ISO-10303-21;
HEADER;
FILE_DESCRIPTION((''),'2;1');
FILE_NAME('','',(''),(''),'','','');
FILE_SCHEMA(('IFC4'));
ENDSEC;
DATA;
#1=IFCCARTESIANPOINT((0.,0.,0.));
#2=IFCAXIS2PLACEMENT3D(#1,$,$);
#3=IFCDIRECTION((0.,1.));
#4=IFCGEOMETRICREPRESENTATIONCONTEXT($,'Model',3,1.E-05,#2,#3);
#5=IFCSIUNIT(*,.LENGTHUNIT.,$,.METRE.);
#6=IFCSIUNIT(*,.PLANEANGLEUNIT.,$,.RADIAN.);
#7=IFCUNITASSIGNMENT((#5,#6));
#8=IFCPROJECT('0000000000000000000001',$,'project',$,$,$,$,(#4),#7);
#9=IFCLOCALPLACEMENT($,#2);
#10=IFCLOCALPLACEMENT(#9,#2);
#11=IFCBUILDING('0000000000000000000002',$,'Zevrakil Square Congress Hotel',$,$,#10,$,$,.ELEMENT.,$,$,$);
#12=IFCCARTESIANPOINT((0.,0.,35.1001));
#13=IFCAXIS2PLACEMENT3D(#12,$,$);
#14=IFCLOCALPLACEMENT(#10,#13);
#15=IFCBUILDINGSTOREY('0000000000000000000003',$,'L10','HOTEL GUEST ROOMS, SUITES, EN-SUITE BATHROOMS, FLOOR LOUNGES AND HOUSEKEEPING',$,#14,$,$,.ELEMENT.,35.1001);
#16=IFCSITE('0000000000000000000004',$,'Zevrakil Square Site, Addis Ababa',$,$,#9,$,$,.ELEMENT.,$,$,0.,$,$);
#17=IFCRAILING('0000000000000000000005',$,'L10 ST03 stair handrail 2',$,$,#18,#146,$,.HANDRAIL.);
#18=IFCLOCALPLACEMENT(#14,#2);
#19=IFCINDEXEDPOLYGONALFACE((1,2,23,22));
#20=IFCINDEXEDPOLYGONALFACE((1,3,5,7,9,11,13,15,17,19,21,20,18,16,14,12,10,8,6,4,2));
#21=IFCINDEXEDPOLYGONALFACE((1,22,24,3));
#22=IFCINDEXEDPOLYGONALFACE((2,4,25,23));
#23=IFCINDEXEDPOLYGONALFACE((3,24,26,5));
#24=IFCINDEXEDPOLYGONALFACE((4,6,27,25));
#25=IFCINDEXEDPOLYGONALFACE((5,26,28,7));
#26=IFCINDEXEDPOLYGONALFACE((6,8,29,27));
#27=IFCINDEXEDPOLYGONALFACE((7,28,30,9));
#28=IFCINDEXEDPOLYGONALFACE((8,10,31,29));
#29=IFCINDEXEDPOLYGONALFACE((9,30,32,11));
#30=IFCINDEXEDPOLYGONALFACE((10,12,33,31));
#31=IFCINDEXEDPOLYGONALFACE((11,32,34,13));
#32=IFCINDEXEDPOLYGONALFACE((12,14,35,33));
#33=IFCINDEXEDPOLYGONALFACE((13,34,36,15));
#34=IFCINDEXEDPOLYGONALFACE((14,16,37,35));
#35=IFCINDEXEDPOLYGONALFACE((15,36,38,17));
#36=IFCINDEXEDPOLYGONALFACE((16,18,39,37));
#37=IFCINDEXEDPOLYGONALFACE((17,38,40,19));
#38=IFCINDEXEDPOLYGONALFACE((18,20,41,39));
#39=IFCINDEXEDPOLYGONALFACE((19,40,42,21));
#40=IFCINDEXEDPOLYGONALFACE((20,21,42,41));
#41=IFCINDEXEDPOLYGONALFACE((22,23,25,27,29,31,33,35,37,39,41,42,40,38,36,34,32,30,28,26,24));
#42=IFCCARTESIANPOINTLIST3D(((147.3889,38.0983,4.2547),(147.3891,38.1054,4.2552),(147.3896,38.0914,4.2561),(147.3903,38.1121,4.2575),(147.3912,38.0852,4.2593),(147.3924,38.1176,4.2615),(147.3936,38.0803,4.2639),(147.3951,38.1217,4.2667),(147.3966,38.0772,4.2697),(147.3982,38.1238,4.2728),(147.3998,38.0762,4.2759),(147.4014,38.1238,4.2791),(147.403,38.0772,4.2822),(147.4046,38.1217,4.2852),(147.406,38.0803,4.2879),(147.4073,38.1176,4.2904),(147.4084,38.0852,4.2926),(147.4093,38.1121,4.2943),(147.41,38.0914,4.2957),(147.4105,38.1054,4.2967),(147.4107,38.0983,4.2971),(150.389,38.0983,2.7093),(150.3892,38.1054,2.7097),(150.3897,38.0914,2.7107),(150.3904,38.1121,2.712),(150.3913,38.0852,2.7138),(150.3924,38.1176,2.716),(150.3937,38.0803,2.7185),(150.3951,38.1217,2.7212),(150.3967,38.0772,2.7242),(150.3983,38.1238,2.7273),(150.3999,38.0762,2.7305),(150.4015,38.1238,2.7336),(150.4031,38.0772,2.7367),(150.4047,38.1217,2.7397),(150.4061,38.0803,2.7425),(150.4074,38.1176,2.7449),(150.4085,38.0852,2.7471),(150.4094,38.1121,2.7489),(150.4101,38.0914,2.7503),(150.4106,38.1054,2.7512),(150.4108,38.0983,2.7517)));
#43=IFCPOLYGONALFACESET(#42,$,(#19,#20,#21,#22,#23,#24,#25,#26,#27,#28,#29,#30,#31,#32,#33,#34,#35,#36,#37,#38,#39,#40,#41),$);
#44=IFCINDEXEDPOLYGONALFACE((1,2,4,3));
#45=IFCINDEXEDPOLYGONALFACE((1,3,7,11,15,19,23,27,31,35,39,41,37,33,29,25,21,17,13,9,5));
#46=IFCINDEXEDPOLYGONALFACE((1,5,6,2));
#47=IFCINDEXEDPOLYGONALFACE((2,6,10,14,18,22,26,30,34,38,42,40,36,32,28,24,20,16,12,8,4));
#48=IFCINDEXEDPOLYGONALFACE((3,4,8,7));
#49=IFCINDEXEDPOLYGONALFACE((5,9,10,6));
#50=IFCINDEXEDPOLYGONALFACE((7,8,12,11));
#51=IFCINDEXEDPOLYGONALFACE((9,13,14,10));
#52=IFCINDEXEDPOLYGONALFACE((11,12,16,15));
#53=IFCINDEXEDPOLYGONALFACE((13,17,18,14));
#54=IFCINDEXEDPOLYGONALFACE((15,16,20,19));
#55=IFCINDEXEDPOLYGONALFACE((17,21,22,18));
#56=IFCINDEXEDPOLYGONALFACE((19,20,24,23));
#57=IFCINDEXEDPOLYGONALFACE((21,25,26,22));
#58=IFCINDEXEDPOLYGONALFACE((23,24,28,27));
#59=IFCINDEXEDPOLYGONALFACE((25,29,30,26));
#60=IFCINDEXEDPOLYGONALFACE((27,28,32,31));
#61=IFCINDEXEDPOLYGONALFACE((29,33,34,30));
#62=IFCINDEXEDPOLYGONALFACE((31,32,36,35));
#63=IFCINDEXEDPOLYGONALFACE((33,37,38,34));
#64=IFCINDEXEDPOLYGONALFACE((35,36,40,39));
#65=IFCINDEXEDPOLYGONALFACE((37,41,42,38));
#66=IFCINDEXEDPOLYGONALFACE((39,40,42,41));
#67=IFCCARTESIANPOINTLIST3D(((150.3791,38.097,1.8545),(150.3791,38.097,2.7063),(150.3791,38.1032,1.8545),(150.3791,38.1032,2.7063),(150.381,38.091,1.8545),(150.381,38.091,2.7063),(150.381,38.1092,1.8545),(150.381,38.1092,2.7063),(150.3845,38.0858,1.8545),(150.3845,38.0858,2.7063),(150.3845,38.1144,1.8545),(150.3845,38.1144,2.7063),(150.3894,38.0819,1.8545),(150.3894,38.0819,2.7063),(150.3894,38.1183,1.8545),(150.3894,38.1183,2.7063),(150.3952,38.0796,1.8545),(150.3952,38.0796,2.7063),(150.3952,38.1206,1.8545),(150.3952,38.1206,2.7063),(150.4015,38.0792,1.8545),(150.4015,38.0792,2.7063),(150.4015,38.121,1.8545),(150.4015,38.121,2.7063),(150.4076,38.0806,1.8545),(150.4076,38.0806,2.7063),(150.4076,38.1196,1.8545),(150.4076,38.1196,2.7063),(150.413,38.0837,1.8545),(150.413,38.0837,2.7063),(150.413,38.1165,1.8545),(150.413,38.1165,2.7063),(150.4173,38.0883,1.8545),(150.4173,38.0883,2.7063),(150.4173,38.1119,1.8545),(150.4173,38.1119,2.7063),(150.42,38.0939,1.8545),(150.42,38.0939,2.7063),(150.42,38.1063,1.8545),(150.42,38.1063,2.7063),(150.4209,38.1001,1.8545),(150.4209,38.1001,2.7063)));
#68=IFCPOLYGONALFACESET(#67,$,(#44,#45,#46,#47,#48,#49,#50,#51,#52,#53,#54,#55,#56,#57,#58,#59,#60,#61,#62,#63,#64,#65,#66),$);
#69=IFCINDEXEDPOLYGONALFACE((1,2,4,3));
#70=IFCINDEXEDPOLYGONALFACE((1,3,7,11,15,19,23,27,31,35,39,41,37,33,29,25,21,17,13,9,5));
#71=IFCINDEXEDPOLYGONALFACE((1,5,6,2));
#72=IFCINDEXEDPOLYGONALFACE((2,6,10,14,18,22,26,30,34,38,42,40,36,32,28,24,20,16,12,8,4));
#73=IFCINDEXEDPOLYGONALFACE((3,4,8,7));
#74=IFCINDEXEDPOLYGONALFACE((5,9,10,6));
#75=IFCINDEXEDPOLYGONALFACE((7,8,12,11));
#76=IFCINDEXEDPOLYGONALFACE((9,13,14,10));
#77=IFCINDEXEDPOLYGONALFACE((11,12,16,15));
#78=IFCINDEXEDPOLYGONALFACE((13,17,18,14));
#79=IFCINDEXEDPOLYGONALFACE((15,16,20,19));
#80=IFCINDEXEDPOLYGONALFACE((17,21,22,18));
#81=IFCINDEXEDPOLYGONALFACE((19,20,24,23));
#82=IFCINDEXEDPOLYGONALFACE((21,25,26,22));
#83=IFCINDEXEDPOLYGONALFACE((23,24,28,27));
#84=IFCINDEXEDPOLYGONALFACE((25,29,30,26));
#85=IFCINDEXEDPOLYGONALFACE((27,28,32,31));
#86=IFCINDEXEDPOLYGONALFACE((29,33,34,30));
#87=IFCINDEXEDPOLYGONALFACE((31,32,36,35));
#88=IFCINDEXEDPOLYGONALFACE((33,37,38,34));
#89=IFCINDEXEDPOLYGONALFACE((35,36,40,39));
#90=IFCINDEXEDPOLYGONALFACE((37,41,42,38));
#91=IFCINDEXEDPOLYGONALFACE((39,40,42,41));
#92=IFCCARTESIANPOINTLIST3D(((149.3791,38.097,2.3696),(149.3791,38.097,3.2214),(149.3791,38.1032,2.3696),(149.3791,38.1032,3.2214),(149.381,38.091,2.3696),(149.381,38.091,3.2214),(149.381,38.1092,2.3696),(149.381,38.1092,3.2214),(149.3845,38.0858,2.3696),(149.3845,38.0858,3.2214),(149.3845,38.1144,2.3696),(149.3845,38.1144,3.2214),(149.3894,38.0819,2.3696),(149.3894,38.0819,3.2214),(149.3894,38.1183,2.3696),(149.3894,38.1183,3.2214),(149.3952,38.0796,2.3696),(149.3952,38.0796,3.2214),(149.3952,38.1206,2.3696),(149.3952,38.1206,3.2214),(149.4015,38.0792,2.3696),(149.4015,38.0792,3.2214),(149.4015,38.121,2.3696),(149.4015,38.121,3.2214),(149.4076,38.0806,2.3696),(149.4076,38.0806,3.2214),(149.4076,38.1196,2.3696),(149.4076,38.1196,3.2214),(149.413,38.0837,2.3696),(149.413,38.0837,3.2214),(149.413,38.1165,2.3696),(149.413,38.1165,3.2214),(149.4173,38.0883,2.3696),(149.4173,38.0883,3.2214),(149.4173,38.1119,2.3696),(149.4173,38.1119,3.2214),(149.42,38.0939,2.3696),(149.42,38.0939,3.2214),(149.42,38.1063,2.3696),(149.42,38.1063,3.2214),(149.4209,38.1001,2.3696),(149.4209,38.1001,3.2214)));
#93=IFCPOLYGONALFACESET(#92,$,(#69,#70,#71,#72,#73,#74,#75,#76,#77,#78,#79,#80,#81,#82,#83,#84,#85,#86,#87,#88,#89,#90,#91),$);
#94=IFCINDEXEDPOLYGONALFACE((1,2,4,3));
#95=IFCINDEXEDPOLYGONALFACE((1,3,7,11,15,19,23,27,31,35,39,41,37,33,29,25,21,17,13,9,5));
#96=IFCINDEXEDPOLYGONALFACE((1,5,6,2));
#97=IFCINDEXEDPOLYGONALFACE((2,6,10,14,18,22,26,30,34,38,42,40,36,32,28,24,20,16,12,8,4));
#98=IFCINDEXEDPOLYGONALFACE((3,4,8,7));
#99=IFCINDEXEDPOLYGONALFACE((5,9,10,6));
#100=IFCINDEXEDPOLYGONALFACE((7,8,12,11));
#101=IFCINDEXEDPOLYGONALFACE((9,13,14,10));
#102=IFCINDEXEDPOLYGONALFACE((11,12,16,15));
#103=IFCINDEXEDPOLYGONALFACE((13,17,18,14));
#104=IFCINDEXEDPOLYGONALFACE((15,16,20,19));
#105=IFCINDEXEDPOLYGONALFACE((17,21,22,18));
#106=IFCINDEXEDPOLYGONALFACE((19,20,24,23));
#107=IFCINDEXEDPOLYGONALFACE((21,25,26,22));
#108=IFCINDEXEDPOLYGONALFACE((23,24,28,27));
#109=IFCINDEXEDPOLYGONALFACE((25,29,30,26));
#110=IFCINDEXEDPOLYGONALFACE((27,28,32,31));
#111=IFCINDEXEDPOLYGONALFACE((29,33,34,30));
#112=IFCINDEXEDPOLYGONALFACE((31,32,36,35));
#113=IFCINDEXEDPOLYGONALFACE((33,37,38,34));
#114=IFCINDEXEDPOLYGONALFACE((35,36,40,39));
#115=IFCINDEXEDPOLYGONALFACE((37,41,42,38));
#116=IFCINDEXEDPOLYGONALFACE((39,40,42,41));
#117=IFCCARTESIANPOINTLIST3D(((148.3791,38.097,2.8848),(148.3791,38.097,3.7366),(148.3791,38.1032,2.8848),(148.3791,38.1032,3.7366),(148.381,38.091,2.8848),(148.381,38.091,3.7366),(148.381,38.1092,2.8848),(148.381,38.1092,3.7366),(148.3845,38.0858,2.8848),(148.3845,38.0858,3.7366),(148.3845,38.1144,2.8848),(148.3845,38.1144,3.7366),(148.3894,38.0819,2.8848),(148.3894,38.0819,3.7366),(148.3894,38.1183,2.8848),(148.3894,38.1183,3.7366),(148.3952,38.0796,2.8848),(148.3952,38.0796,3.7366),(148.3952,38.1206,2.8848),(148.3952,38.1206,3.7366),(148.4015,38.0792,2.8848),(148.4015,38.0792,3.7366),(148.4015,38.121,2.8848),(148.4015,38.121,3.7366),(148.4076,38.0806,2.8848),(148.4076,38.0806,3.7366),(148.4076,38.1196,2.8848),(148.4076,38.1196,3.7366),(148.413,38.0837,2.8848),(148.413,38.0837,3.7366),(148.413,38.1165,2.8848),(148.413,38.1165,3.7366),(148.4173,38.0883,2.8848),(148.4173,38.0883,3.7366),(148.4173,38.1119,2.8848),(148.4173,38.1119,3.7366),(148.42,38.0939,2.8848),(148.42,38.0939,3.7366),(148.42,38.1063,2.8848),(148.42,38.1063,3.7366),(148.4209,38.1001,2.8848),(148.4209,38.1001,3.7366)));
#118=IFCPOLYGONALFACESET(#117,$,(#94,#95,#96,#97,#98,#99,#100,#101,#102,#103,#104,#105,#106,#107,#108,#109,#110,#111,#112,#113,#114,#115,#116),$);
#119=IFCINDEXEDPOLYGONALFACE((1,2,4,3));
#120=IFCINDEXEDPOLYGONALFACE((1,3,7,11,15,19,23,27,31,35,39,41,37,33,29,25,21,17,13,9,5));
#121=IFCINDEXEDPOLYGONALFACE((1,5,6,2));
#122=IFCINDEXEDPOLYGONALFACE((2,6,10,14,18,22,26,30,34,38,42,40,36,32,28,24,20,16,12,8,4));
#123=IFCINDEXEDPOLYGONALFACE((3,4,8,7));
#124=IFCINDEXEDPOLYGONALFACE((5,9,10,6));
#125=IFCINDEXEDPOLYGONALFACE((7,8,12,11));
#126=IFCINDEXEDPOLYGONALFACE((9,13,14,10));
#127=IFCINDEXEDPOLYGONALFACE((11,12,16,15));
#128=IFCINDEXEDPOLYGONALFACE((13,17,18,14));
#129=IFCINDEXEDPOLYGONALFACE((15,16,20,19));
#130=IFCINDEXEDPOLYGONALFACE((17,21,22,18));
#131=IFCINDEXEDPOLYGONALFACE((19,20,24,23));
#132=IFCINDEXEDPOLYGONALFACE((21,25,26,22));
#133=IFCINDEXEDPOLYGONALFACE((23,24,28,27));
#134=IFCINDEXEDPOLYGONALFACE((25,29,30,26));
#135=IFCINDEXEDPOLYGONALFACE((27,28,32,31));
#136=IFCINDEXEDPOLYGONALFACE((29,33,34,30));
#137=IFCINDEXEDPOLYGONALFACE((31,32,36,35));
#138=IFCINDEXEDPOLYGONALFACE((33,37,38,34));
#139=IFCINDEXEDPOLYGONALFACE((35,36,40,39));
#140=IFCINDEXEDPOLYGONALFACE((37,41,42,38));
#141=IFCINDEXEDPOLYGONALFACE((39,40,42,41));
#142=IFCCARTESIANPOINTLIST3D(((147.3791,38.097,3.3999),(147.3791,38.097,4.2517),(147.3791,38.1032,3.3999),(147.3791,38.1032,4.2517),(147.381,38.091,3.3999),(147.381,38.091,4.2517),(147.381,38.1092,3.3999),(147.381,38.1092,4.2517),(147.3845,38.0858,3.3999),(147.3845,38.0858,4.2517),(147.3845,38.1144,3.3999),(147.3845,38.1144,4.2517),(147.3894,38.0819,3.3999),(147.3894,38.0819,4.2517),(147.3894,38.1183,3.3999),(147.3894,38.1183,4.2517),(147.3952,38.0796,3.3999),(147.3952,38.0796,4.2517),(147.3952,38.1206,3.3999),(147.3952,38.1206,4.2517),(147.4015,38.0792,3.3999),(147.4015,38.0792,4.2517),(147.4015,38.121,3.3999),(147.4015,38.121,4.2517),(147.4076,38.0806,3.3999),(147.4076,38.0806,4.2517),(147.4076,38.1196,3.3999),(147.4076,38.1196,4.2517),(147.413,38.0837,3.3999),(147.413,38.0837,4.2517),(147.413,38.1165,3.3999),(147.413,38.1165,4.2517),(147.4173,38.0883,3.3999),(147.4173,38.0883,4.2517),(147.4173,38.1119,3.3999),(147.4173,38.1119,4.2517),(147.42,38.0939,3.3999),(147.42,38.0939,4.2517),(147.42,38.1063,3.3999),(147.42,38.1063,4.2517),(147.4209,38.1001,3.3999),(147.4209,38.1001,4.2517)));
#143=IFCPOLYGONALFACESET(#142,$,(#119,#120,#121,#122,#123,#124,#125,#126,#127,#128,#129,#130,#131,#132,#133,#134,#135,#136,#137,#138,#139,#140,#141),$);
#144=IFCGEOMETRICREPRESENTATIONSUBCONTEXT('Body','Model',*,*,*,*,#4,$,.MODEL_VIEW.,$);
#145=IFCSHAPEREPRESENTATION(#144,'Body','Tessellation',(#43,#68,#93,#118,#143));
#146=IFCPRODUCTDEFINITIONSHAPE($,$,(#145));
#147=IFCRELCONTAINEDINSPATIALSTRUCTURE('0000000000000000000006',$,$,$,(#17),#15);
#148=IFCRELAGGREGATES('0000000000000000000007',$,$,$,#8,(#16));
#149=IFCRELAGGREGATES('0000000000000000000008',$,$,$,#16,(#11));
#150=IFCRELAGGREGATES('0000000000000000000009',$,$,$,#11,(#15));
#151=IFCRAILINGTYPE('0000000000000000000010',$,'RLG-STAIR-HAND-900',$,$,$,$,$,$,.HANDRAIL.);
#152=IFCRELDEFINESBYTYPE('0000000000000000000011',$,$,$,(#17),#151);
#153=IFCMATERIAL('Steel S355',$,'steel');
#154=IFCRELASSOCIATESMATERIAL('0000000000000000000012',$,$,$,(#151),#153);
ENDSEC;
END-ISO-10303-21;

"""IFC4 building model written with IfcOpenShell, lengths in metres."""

from ifc_helpers import new_model, si_unit, direction, frame, origin, origin_2d, place, context, subcontext, project, spatial, circle, extrude, material, type_object, element, save


model = new_model("IFC4")

# Units and contexts
model_context = context("Model", 3, precision=1e-05, world=origin(), true_north=direction((0.0, 1.0)))
body_context = subcontext(model_context, "Body", "Model", "MODEL_VIEW")
ifc_project = project(units=[si_unit("LENGTHUNIT", "METRE"), si_unit("PLANEANGLEUNIT", "RADIAN")], contexts=[model_context])

# Site, building, storey
site_placement = place(None, origin())
site = spatial("IfcSite", under=ifc_project, at=site_placement, Name="Zevrakil Square Site, Addis Ababa", CompositionType="ELEMENT", RefElevation=0.0)
building_placement = place(site_placement, origin())
building = spatial("IfcBuilding", under=site, at=building_placement, Name="Zevrakil Square Congress Hotel", CompositionType="ELEMENT")
storey_placement = place(building_placement, frame((0.0, 0.0, 35.1001)))
storey = spatial("IfcBuildingStorey", under=building, at=storey_placement, Name="L10", Description="HOTEL GUEST ROOMS, SUITES, EN-SUITE BATHROOMS, FLOOR LOUNGES AND HOUSEKEEPING", CompositionType="ELEMENT", Elevation=35.1001)

# Railing
ifc_material_1 = material(Name="Steel S355", Category="steel")
railing_type_1 = type_object("IfcRailingType", Name="RLG-STAIR-HAND-900", PredefinedType="HANDRAIL", material=ifc_material_1)
railing_1_placement = place(storey_placement, frame((150.3999, 38.1001, 1.8545)))
element("IfcRailing", 1, at=railing_1_placement, inside=storey, type_object=railing_type_1, Name="L10 ST03 stair handrail 2", PredefinedType="HANDRAIL", context=body_context, shape_type="SweptSolid", body=[
    extrude(circle(Radius=0.0239, at=origin_2d()), frame((0.0, 0.0, 0.876), z_axis=(-0.88898, 0.0, 0.457946), x_axis=(0.0, -1.0, 0.0)), (0.0, 0.0, 1.0), 3.3748),
    extrude(circle(Radius=0.021, at=origin_2d()), origin(), (0.0, 0.0, 1.0), 0.8518),
    extrude(circle(Radius=0.021, at=origin_2d()), frame((-1.0, 0.0, 0.5151)), (0.0, 0.0, 1.0), 0.8518),
    extrude(circle(Radius=0.021, at=origin_2d()), frame((-2.0, 0.0, 1.0303)), (0.0, 0.0, 1.0), 0.8518),
    extrude(circle(Radius=0.021, at=origin_2d()), frame((-3.0, 0.0, 1.5454)), (0.0, 0.0, 1.0), 0.8518),
])

save(model, "model.ifc")
